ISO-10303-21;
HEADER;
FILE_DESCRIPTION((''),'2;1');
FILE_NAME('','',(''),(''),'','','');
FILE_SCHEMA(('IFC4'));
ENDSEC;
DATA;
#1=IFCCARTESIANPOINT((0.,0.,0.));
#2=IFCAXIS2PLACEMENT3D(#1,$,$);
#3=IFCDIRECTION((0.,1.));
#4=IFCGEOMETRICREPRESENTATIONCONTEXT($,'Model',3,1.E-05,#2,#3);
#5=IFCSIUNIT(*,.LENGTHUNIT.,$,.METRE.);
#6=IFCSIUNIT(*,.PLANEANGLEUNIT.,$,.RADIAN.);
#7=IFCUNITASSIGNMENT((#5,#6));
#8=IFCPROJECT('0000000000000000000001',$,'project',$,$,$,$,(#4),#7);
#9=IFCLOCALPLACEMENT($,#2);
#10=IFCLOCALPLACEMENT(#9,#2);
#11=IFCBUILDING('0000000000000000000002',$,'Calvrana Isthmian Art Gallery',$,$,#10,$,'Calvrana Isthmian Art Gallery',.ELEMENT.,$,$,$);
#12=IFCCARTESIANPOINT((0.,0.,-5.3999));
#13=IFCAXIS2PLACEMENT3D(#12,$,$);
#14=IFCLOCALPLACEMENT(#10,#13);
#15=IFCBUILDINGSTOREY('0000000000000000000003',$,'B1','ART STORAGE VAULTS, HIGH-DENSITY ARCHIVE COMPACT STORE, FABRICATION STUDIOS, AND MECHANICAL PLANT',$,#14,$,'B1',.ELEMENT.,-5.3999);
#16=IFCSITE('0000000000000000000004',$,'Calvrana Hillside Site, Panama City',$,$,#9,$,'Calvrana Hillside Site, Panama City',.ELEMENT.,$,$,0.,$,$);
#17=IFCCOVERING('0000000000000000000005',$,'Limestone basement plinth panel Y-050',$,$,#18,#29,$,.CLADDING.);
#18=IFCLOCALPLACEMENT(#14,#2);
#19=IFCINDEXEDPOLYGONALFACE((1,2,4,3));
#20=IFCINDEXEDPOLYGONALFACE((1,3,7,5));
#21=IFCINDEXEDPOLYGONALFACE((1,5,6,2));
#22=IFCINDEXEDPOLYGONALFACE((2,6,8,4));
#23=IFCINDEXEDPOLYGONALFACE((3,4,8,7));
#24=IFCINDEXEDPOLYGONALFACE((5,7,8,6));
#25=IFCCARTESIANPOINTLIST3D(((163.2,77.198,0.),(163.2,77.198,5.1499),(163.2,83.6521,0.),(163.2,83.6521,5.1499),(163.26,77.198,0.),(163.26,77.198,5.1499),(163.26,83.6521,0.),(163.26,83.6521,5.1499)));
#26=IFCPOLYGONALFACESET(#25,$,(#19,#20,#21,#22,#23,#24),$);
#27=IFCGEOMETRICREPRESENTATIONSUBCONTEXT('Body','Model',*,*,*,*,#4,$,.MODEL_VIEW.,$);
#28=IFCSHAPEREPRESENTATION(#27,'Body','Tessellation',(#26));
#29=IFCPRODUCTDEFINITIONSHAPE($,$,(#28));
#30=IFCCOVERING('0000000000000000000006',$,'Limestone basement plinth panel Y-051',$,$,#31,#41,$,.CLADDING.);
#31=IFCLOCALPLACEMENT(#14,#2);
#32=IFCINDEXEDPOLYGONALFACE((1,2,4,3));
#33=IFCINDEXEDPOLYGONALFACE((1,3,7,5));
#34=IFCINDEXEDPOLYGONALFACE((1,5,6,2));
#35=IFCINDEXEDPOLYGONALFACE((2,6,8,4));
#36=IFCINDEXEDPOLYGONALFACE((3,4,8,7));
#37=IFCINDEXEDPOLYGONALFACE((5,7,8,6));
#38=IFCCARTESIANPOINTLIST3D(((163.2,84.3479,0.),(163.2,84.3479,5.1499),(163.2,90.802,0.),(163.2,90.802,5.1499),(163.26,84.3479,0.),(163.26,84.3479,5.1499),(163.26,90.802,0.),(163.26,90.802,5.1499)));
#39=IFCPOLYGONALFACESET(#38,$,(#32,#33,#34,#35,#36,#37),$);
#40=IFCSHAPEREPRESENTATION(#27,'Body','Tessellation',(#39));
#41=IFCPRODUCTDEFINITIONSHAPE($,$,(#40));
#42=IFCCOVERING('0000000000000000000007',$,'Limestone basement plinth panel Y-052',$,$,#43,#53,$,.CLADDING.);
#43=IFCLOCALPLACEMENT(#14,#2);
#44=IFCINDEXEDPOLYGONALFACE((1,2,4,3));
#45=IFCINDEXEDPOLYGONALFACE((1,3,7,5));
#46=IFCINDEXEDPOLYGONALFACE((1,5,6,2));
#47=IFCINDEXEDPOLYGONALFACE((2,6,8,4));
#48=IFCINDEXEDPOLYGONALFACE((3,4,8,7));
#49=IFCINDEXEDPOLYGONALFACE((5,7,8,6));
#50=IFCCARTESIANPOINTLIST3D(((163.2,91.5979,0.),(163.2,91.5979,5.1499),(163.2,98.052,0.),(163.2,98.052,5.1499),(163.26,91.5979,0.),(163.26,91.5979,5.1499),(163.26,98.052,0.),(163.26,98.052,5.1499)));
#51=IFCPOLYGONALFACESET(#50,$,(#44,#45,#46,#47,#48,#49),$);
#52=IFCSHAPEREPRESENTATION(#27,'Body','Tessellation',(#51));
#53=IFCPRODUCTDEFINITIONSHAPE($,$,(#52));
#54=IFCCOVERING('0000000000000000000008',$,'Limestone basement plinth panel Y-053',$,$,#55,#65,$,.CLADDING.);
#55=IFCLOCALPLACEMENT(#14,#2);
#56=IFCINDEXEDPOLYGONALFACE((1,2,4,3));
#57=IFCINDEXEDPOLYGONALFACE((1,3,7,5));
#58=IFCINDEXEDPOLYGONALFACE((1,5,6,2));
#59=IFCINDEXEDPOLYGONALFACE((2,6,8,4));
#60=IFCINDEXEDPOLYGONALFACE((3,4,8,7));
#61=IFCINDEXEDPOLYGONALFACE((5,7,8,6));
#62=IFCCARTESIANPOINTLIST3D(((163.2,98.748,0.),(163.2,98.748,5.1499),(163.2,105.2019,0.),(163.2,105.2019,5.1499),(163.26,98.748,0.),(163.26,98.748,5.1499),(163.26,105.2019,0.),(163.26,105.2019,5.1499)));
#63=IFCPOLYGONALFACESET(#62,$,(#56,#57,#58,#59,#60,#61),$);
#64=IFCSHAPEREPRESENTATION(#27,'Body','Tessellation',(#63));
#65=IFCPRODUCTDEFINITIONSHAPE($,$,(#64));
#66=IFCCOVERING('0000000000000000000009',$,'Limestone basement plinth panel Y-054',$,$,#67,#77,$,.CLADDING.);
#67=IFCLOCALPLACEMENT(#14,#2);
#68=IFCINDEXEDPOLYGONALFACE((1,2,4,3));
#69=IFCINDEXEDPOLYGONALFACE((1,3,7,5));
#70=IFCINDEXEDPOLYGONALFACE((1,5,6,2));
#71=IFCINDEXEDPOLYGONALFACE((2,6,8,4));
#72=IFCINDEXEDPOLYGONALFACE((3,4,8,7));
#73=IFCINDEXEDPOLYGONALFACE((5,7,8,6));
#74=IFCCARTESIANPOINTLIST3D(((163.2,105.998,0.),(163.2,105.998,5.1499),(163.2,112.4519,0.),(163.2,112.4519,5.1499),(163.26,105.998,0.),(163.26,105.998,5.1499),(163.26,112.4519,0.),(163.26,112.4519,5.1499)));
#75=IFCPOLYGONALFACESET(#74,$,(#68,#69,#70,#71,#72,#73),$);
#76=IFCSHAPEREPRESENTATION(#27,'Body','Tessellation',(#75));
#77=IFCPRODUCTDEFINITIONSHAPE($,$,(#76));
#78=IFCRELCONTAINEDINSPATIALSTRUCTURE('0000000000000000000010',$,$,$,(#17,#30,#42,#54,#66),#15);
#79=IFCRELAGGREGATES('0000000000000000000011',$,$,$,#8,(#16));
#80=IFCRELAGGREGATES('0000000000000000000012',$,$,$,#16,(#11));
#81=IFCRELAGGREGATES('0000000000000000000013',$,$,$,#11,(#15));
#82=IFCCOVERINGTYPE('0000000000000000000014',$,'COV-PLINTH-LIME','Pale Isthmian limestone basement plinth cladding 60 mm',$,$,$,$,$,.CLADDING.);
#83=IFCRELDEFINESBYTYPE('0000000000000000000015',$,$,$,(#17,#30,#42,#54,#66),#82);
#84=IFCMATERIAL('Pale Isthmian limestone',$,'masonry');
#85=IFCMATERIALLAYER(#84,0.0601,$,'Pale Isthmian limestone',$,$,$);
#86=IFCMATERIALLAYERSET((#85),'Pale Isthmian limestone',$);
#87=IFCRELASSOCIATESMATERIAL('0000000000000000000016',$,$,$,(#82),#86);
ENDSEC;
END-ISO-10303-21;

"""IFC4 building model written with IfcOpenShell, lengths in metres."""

from ifc_helpers import new_model, si_unit, direction, frame, origin, place, context, subcontext, project, spatial, polyline, outline, extrude, material, layer, layer_set, type_object, element, save


model = new_model("IFC4")

# Units and contexts
model_context = context("Model", 3, precision=1e-05, world=origin(), true_north=direction((0.0, 1.0)))
body_context = subcontext(model_context, "Body", "Model", "MODEL_VIEW")
ifc_project = project(units=[si_unit("LENGTHUNIT", "METRE"), si_unit("PLANEANGLEUNIT", "RADIAN")], contexts=[model_context])

# Site, building, storey
site_placement = place(None, origin())
site = spatial("IfcSite", under=ifc_project, at=site_placement, Name="Calvrana Hillside Site, Panama City", LongName="Calvrana Hillside Site, Panama City", CompositionType="ELEMENT", RefElevation=0.0)
building_placement = place(site_placement, origin())
building = spatial("IfcBuilding", under=site, at=building_placement, Name="Calvrana Isthmian Art Gallery", LongName="Calvrana Isthmian Art Gallery", CompositionType="ELEMENT")
storey_placement = place(building_placement, frame((0.0, 0.0, -5.3999)))
storey = spatial("IfcBuildingStorey", under=building, at=storey_placement, Name="B1", Description="ART STORAGE VAULTS, HIGH-DENSITY ARCHIVE COMPACT STORE, FABRICATION STUDIOS, AND MECHANICAL PLANT", LongName="B1", CompositionType="ELEMENT", Elevation=-5.3999)

# Coverings
ifc_material_1 = material(Name="Pale Isthmian limestone", Category="masonry")
ifc_layer_1 = layer(ifc_material_1, 0.0601, Name="Pale Isthmian limestone")
ifc_layer_set_1 = layer_set([ifc_layer_1], Name="Pale Isthmian limestone")
covering_type = type_object("IfcCoveringType", Name="COV-PLINTH-LIME", Description="Pale Isthmian limestone basement plinth cladding 60 mm", PredefinedType="CLADDING", material=ifc_layer_set_1)
covering_1_placement = place(storey_placement, origin())
element("IfcCovering", 1, at=covering_1_placement, inside=storey, type_object=covering_type, Name="Limestone basement plinth panel Y-050", PredefinedType="CLADDING", context=body_context, shape_type="SweptSolid", body=[
    extrude(outline(polyline([(163.2, 77.198), (163.26, 77.198), (163.26, 83.6521), (163.2, 83.6521), (163.2, 77.198)])), origin(), (0.0, 0.0, 1.0), 5.1499),
])
covering_2_placement = place(storey_placement, origin())
element("IfcCovering", 2, at=covering_2_placement, inside=storey, type_object=covering_type, Name="Limestone basement plinth panel Y-051", PredefinedType="CLADDING", context=body_context, shape_type="SweptSolid", body=[
    extrude(outline(polyline([(163.2, 84.3479), (163.26, 84.3479), (163.26, 90.802), (163.2, 90.802), (163.2, 84.3479)])), origin(), (0.0, 0.0, 1.0), 5.1499),
])
covering_3_placement = place(storey_placement, origin())
element("IfcCovering", 3, at=covering_3_placement, inside=storey, type_object=covering_type, Name="Limestone basement plinth panel Y-052", PredefinedType="CLADDING", context=body_context, shape_type="SweptSolid", body=[
    extrude(outline(polyline([(163.2, 91.5979), (163.26, 91.5979), (163.26, 98.052), (163.2, 98.052), (163.2, 91.5979)])), origin(), (0.0, 0.0, 1.0), 5.1499),
])
covering_4_placement = place(storey_placement, origin())
element("IfcCovering", 4, at=covering_4_placement, inside=storey, type_object=covering_type, Name="Limestone basement plinth panel Y-053", PredefinedType="CLADDING", context=body_context, shape_type="SweptSolid", body=[
    extrude(outline(polyline([(163.2, 98.748), (163.26, 98.748), (163.26, 105.2019), (163.2, 105.2019), (163.2, 98.748)])), origin(), (0.0, 0.0, 1.0), 5.1499),
])
covering_5_placement = place(storey_placement, origin())
element("IfcCovering", 5, at=covering_5_placement, inside=storey, type_object=covering_type, Name="Limestone basement plinth panel Y-054", PredefinedType="CLADDING", context=body_context, shape_type="SweptSolid", body=[
    extrude(outline(polyline([(163.2, 105.998), (163.26, 105.998), (163.26, 112.4519), (163.2, 112.4519), (163.2, 105.998)])), origin(), (0.0, 0.0, 1.0), 5.1499),
])

save(model, "model.ifc")
